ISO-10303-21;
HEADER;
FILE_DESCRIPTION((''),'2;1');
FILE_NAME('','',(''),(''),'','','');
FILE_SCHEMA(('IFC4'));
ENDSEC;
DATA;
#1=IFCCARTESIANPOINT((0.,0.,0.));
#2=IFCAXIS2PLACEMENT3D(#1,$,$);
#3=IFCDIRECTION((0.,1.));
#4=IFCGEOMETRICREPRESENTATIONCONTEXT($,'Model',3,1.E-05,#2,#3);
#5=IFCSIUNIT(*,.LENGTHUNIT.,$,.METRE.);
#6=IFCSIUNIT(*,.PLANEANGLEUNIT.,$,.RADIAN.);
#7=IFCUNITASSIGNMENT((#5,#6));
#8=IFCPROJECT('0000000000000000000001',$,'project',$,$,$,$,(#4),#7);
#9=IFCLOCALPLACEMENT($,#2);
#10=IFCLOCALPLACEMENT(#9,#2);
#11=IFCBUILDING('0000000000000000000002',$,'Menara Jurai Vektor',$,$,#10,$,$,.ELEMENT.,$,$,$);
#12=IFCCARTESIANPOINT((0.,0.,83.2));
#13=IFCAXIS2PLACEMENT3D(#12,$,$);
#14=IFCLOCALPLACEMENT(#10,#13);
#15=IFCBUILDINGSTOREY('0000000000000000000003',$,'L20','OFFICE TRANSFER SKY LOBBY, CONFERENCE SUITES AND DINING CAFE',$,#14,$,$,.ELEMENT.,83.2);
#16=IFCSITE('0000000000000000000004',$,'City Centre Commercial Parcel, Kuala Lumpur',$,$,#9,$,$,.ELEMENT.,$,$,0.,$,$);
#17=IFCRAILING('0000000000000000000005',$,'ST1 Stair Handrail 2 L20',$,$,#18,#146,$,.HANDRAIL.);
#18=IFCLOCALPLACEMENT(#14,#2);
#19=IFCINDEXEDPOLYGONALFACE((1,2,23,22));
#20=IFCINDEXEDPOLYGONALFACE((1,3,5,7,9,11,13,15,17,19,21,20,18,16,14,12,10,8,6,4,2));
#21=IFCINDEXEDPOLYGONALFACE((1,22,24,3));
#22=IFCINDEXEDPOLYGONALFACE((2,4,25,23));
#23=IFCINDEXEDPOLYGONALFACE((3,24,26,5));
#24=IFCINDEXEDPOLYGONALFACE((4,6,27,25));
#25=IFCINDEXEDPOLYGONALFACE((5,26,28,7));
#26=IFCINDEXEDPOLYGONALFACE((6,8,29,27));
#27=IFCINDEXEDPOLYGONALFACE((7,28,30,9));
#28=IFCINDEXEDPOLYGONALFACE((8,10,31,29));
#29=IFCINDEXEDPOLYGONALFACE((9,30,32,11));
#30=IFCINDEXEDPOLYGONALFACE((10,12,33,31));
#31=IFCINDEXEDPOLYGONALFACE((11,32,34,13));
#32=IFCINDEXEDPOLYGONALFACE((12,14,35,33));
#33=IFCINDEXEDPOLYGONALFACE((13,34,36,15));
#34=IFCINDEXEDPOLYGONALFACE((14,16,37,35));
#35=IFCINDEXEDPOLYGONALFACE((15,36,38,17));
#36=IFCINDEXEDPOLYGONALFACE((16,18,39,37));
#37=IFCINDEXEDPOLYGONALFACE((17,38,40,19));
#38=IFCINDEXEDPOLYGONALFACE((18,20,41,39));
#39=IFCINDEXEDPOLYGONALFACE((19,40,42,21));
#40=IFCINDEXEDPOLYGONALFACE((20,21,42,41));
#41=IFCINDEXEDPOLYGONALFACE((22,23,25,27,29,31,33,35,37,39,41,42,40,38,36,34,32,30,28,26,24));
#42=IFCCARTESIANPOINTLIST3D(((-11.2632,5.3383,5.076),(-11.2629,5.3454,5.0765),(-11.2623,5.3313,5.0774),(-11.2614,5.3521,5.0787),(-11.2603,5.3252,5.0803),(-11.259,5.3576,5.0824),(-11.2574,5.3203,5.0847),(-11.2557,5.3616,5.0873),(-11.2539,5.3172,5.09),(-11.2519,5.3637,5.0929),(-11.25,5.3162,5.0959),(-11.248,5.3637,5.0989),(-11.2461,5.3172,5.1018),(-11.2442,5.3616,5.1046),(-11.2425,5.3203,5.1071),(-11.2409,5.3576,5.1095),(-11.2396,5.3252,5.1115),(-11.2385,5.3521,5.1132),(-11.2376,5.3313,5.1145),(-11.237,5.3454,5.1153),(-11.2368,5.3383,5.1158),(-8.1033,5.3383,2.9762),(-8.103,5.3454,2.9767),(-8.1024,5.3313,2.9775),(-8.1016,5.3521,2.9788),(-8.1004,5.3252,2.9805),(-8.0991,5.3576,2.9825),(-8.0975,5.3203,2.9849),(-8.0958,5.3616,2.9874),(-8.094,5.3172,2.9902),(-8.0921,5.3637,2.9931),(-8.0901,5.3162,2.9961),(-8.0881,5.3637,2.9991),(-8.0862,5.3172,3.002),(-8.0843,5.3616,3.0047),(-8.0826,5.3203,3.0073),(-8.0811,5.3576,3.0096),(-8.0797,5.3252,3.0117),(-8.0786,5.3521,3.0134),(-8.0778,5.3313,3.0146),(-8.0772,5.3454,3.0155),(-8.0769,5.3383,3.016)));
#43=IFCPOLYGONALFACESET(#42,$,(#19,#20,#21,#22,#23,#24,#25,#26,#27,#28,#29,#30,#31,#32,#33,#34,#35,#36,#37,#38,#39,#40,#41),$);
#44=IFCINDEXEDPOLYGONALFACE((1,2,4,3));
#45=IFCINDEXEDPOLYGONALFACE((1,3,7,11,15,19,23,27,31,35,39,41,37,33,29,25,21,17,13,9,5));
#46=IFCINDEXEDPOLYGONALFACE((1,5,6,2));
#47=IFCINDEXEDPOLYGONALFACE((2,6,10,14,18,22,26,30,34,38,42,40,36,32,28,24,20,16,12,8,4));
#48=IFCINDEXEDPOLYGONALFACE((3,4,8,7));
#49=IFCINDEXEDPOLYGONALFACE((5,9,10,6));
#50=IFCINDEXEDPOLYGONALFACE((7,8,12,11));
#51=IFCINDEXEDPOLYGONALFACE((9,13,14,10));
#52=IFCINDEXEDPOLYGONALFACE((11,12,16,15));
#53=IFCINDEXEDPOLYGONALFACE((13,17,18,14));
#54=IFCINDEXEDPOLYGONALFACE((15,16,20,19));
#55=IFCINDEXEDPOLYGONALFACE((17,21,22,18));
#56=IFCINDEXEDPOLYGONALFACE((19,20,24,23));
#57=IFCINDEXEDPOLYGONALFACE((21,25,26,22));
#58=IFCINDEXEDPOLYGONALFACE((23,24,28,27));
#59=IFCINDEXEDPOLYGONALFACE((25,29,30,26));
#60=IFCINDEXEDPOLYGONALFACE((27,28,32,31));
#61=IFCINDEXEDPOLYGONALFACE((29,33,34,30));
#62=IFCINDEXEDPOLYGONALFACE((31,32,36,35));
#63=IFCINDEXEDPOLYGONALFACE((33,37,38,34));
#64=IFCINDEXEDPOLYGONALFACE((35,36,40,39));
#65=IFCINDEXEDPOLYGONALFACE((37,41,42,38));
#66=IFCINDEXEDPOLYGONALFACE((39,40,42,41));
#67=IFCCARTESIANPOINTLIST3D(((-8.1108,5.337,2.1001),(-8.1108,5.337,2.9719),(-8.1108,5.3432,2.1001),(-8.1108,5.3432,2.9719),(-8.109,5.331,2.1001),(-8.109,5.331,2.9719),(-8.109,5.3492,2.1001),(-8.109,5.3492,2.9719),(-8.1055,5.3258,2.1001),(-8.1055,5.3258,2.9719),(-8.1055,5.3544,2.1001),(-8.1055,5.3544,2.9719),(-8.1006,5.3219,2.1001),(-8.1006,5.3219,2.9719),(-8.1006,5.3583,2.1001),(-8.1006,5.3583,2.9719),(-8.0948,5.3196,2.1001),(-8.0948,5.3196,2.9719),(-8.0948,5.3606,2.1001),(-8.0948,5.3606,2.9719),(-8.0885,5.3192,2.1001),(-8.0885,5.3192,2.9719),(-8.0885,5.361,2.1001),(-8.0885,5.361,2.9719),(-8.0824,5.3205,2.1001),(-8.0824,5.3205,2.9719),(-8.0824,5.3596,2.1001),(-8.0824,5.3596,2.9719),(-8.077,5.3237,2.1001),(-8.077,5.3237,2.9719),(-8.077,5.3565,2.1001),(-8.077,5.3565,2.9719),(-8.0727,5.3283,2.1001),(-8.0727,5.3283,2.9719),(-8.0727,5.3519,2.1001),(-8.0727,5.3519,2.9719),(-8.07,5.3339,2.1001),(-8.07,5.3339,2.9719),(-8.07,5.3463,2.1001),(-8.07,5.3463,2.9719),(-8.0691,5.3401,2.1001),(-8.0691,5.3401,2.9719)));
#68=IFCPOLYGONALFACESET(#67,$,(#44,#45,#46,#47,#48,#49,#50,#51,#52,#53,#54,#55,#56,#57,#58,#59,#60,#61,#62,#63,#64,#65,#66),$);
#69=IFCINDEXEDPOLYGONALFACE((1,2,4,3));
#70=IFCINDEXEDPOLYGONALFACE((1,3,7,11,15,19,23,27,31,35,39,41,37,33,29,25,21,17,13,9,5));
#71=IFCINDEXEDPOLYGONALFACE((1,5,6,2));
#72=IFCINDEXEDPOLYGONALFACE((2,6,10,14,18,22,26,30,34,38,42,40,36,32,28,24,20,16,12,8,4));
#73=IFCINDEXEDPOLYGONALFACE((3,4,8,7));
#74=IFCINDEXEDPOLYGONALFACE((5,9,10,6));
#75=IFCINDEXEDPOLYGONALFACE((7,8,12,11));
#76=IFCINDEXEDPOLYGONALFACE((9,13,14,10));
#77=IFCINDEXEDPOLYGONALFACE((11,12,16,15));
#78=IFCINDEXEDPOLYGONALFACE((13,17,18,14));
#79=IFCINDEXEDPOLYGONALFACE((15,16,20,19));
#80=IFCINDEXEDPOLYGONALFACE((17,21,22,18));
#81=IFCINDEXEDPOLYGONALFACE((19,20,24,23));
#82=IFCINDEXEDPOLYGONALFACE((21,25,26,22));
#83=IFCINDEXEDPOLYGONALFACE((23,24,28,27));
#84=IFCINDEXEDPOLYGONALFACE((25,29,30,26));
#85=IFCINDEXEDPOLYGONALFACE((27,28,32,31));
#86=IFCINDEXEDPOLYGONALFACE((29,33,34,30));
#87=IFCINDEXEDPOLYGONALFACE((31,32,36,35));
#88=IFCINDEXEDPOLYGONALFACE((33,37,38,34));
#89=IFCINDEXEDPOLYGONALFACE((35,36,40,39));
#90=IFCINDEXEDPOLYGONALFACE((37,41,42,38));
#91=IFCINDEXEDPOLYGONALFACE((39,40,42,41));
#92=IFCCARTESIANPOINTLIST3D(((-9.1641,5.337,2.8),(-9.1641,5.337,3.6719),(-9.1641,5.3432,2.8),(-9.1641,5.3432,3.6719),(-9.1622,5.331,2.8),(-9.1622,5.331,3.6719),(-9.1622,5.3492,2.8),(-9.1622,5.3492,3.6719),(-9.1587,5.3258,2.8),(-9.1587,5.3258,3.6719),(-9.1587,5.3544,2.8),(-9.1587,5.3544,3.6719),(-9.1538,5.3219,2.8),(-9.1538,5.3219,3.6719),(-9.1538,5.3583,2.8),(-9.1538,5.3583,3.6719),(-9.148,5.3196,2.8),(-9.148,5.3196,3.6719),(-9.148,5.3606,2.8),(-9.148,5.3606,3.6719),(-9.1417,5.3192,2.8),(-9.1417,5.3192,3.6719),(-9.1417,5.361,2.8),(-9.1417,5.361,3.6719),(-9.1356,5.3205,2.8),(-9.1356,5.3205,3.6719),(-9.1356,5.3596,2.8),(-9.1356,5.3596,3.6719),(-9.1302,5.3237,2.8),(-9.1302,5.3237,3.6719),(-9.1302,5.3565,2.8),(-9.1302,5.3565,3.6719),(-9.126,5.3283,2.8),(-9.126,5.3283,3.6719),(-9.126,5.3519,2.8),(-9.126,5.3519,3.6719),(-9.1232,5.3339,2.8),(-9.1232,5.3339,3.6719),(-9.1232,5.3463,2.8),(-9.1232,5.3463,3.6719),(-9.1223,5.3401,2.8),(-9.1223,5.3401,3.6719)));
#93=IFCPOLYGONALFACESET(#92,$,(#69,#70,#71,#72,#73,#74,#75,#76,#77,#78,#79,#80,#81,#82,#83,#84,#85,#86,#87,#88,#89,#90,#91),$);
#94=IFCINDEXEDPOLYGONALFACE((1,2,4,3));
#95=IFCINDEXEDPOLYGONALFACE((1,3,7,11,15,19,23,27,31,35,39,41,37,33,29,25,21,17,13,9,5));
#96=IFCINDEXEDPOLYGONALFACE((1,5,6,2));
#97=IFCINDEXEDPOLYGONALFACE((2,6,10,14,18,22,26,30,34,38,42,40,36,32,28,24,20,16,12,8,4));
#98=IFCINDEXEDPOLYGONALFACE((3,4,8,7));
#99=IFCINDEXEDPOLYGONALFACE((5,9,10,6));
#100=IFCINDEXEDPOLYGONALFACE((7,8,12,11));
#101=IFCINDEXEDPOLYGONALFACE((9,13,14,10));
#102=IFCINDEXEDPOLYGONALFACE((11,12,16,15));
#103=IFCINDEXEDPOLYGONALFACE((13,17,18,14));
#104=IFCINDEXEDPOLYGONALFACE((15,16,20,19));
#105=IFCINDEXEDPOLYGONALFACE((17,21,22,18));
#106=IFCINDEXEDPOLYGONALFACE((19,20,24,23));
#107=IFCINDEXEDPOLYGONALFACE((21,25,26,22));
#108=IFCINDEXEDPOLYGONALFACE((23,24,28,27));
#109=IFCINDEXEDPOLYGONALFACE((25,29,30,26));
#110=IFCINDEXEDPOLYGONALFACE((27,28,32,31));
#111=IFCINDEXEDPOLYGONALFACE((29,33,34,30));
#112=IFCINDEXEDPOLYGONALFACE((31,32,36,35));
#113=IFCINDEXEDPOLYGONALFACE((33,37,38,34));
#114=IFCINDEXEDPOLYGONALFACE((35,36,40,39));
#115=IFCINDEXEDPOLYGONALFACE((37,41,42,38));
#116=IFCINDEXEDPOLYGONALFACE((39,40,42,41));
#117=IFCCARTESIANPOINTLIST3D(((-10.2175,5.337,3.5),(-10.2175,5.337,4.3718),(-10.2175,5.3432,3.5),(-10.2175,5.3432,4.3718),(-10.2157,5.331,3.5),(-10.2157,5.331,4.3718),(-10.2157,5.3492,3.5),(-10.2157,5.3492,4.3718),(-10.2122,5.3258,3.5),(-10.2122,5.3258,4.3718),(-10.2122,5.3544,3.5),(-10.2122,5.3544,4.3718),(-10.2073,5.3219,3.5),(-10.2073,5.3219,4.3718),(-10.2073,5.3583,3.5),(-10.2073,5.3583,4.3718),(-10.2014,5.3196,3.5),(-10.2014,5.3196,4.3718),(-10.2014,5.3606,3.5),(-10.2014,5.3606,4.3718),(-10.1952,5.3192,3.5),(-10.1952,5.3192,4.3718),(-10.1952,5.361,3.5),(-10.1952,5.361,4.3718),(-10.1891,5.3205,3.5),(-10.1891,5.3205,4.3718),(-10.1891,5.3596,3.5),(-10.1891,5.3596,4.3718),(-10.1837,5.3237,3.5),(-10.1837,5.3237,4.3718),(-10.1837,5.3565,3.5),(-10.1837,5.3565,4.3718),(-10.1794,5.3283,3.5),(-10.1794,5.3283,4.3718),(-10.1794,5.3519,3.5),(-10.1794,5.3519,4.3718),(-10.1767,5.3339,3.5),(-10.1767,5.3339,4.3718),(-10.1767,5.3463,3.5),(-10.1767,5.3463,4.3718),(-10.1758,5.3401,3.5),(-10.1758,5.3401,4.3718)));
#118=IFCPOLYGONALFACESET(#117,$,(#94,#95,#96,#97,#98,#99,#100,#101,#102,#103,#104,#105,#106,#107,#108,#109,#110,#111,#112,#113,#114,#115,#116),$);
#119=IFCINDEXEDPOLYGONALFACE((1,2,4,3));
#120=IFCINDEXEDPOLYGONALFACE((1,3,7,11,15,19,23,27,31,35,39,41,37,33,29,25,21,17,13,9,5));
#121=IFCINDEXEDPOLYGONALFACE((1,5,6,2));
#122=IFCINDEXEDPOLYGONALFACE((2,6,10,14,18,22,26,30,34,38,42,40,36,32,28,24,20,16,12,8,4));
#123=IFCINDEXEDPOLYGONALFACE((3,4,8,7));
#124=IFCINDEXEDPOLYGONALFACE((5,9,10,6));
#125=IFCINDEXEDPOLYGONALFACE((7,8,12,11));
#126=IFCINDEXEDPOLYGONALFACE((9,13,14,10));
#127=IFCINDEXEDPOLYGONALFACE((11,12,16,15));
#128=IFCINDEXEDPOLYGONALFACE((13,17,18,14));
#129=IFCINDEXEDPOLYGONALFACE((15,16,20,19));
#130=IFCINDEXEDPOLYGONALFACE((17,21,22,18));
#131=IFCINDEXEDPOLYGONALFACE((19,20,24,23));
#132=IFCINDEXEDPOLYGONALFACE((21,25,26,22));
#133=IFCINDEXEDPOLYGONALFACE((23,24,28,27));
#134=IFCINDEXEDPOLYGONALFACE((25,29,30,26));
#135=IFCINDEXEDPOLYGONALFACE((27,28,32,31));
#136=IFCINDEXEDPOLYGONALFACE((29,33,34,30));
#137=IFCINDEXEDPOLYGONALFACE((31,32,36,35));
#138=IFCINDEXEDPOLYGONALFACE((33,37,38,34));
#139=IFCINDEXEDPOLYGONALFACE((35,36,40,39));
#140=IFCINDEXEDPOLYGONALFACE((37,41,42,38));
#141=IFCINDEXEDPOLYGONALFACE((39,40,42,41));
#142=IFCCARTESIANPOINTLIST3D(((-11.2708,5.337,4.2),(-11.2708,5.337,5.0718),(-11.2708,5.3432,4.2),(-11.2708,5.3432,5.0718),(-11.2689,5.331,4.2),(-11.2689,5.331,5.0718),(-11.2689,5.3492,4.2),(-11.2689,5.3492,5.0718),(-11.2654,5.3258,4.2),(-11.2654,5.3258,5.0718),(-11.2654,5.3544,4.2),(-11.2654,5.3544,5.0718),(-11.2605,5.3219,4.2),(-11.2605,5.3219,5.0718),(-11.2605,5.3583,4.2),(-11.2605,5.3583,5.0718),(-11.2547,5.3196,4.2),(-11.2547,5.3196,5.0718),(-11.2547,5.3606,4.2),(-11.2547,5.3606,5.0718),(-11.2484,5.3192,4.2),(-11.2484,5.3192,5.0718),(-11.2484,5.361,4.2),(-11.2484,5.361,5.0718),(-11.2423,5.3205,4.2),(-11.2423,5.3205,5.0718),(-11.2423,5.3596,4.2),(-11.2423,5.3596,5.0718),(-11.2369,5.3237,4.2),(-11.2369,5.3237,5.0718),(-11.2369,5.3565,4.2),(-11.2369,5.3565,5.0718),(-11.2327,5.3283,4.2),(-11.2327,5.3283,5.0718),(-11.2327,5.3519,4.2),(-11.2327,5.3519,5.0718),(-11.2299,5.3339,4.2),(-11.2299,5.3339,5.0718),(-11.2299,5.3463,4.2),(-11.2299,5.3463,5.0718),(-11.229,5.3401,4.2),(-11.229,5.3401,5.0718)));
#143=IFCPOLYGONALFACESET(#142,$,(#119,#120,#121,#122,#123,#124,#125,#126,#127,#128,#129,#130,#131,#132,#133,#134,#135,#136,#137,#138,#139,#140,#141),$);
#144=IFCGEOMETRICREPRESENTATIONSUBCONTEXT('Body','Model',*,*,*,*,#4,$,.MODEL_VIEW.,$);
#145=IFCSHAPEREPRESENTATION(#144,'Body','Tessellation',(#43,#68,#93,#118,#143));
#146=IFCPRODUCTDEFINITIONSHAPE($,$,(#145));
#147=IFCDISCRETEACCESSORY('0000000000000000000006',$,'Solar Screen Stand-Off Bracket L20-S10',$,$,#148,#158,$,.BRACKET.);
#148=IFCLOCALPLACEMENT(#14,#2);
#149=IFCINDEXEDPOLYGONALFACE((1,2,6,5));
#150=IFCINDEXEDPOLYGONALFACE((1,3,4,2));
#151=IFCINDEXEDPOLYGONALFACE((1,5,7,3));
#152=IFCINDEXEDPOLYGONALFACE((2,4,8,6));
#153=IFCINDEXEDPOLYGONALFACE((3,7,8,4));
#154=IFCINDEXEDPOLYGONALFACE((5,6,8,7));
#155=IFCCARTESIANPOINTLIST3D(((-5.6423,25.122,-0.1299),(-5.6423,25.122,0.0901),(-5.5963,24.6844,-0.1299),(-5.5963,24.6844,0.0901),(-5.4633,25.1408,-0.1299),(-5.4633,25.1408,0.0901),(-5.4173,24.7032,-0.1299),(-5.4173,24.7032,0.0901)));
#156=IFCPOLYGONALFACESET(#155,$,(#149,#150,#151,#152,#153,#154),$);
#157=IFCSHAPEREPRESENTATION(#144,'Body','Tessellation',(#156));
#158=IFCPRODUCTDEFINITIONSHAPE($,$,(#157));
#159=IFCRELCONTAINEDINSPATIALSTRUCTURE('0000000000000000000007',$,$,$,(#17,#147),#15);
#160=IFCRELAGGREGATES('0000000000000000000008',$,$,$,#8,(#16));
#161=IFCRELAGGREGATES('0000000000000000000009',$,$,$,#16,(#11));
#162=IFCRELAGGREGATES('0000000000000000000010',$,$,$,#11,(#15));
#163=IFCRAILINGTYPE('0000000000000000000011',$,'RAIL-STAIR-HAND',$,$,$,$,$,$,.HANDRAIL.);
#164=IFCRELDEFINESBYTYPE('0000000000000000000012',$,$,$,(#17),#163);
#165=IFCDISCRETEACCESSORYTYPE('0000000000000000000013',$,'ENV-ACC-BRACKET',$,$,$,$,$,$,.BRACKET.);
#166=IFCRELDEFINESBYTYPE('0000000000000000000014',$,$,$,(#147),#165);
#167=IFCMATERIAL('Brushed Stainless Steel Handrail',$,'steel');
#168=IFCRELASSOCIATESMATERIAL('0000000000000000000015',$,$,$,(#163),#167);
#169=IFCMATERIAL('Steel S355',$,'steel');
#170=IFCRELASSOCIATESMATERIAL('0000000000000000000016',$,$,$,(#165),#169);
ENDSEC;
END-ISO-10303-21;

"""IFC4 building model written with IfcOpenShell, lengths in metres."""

from ifc_helpers import new_model, si_unit, direction, frame, origin, origin_2d, place, context, subcontext, project, spatial, rectangle, circle, extrude, material, type_object, element, save


model = new_model("IFC4")

# Units and contexts
model_context = context("Model", 3, precision=1e-05, world=origin(), true_north=direction((0.0, 1.0)))
body_context = subcontext(model_context, "Body", "Model", "MODEL_VIEW")
ifc_project = project(units=[si_unit("LENGTHUNIT", "METRE"), si_unit("PLANEANGLEUNIT", "RADIAN")], contexts=[model_context])

# Site, building, storey
site_placement = place(None, origin())
site = spatial("IfcSite", under=ifc_project, at=site_placement, Name="City Centre Commercial Parcel, Kuala Lumpur", CompositionType="ELEMENT", RefElevation=0.0)
building_placement = place(site_placement, origin())
building = spatial("IfcBuilding", under=site, at=building_placement, Name="Menara Jurai Vektor", CompositionType="ELEMENT")
storey_placement = place(building_placement, frame((0.0, 0.0, 83.2)))
storey = spatial("IfcBuildingStorey", under=building, at=storey_placement, Name="L20", Description="OFFICE TRANSFER SKY LOBBY, CONFERENCE SUITES AND DINING CAFE", CompositionType="ELEMENT", Elevation=83.2)

# Shared definitions
ifc_material_1 = material(Name="Steel S355", Category="steel")

# Railing
ifc_material_2 = material(Name="Brushed Stainless Steel Handrail", Category="steel")
railing_type = type_object("IfcRailingType", Name="RAIL-STAIR-HAND", PredefinedType="HANDRAIL", material=ifc_material_2)
railing_placement = place(storey_placement, frame((-8.0901, 5.3401, 2.1001)))
element("IfcRailing", 1, at=railing_placement, inside=storey, type_object=railing_type, Name="ST1 Stair Handrail 2 L20", PredefinedType="HANDRAIL", context=body_context, shape_type="SweptSolid", body=[
    extrude(circle(Radius=0.0239, at=origin_2d()), frame((0.0, 0.0, 0.896), z_axis=(-0.832871, 0.0, 0.553467), x_axis=(0.0, -1.0, 0.0)), (0.0, 0.0, 1.0), 3.7939),
    extrude(circle(Radius=0.021, at=origin_2d()), origin(), (0.0, 0.0, 1.0), 0.8718),
    extrude(circle(Radius=0.021, at=origin_2d()), frame((-1.0532, 0.0, 0.7)), (0.0, 0.0, 1.0), 0.8718),
    extrude(circle(Radius=0.021, at=origin_2d()), frame((-2.1067, 0.0, 1.3999)), (0.0, 0.0, 1.0), 0.8718),
    extrude(circle(Radius=0.021, at=origin_2d()), frame((-3.1599, 0.0, 2.0999)), (0.0, 0.0, 1.0), 0.8718),
])

# Discrete accessory
discrete_accessory_type = type_object("IfcDiscreteAccessoryType", Name="ENV-ACC-BRACKET", PredefinedType="BRACKET", material=ifc_material_1)
discrete_accessory_placement = place(storey_placement, frame((-5.5298, 24.9126, -0.1299), z_axis=(0.0, 0.0, 1.0), x_axis=(-0.994522, -0.104528, 0.0)))
element("IfcDiscreteAccessory", 2, at=discrete_accessory_placement, inside=storey, type_object=discrete_accessory_type, Name="Solar Screen Stand-Off Bracket L20-S10", PredefinedType="BRACKET", context=body_context, shape_type="SweptSolid", body=[
    extrude(rectangle(XDim=0.1799, YDim=0.4399, at=origin_2d()), origin(), (0.0, 0.0, 1.0), 0.22),
])

save(model, "model.ifc")
